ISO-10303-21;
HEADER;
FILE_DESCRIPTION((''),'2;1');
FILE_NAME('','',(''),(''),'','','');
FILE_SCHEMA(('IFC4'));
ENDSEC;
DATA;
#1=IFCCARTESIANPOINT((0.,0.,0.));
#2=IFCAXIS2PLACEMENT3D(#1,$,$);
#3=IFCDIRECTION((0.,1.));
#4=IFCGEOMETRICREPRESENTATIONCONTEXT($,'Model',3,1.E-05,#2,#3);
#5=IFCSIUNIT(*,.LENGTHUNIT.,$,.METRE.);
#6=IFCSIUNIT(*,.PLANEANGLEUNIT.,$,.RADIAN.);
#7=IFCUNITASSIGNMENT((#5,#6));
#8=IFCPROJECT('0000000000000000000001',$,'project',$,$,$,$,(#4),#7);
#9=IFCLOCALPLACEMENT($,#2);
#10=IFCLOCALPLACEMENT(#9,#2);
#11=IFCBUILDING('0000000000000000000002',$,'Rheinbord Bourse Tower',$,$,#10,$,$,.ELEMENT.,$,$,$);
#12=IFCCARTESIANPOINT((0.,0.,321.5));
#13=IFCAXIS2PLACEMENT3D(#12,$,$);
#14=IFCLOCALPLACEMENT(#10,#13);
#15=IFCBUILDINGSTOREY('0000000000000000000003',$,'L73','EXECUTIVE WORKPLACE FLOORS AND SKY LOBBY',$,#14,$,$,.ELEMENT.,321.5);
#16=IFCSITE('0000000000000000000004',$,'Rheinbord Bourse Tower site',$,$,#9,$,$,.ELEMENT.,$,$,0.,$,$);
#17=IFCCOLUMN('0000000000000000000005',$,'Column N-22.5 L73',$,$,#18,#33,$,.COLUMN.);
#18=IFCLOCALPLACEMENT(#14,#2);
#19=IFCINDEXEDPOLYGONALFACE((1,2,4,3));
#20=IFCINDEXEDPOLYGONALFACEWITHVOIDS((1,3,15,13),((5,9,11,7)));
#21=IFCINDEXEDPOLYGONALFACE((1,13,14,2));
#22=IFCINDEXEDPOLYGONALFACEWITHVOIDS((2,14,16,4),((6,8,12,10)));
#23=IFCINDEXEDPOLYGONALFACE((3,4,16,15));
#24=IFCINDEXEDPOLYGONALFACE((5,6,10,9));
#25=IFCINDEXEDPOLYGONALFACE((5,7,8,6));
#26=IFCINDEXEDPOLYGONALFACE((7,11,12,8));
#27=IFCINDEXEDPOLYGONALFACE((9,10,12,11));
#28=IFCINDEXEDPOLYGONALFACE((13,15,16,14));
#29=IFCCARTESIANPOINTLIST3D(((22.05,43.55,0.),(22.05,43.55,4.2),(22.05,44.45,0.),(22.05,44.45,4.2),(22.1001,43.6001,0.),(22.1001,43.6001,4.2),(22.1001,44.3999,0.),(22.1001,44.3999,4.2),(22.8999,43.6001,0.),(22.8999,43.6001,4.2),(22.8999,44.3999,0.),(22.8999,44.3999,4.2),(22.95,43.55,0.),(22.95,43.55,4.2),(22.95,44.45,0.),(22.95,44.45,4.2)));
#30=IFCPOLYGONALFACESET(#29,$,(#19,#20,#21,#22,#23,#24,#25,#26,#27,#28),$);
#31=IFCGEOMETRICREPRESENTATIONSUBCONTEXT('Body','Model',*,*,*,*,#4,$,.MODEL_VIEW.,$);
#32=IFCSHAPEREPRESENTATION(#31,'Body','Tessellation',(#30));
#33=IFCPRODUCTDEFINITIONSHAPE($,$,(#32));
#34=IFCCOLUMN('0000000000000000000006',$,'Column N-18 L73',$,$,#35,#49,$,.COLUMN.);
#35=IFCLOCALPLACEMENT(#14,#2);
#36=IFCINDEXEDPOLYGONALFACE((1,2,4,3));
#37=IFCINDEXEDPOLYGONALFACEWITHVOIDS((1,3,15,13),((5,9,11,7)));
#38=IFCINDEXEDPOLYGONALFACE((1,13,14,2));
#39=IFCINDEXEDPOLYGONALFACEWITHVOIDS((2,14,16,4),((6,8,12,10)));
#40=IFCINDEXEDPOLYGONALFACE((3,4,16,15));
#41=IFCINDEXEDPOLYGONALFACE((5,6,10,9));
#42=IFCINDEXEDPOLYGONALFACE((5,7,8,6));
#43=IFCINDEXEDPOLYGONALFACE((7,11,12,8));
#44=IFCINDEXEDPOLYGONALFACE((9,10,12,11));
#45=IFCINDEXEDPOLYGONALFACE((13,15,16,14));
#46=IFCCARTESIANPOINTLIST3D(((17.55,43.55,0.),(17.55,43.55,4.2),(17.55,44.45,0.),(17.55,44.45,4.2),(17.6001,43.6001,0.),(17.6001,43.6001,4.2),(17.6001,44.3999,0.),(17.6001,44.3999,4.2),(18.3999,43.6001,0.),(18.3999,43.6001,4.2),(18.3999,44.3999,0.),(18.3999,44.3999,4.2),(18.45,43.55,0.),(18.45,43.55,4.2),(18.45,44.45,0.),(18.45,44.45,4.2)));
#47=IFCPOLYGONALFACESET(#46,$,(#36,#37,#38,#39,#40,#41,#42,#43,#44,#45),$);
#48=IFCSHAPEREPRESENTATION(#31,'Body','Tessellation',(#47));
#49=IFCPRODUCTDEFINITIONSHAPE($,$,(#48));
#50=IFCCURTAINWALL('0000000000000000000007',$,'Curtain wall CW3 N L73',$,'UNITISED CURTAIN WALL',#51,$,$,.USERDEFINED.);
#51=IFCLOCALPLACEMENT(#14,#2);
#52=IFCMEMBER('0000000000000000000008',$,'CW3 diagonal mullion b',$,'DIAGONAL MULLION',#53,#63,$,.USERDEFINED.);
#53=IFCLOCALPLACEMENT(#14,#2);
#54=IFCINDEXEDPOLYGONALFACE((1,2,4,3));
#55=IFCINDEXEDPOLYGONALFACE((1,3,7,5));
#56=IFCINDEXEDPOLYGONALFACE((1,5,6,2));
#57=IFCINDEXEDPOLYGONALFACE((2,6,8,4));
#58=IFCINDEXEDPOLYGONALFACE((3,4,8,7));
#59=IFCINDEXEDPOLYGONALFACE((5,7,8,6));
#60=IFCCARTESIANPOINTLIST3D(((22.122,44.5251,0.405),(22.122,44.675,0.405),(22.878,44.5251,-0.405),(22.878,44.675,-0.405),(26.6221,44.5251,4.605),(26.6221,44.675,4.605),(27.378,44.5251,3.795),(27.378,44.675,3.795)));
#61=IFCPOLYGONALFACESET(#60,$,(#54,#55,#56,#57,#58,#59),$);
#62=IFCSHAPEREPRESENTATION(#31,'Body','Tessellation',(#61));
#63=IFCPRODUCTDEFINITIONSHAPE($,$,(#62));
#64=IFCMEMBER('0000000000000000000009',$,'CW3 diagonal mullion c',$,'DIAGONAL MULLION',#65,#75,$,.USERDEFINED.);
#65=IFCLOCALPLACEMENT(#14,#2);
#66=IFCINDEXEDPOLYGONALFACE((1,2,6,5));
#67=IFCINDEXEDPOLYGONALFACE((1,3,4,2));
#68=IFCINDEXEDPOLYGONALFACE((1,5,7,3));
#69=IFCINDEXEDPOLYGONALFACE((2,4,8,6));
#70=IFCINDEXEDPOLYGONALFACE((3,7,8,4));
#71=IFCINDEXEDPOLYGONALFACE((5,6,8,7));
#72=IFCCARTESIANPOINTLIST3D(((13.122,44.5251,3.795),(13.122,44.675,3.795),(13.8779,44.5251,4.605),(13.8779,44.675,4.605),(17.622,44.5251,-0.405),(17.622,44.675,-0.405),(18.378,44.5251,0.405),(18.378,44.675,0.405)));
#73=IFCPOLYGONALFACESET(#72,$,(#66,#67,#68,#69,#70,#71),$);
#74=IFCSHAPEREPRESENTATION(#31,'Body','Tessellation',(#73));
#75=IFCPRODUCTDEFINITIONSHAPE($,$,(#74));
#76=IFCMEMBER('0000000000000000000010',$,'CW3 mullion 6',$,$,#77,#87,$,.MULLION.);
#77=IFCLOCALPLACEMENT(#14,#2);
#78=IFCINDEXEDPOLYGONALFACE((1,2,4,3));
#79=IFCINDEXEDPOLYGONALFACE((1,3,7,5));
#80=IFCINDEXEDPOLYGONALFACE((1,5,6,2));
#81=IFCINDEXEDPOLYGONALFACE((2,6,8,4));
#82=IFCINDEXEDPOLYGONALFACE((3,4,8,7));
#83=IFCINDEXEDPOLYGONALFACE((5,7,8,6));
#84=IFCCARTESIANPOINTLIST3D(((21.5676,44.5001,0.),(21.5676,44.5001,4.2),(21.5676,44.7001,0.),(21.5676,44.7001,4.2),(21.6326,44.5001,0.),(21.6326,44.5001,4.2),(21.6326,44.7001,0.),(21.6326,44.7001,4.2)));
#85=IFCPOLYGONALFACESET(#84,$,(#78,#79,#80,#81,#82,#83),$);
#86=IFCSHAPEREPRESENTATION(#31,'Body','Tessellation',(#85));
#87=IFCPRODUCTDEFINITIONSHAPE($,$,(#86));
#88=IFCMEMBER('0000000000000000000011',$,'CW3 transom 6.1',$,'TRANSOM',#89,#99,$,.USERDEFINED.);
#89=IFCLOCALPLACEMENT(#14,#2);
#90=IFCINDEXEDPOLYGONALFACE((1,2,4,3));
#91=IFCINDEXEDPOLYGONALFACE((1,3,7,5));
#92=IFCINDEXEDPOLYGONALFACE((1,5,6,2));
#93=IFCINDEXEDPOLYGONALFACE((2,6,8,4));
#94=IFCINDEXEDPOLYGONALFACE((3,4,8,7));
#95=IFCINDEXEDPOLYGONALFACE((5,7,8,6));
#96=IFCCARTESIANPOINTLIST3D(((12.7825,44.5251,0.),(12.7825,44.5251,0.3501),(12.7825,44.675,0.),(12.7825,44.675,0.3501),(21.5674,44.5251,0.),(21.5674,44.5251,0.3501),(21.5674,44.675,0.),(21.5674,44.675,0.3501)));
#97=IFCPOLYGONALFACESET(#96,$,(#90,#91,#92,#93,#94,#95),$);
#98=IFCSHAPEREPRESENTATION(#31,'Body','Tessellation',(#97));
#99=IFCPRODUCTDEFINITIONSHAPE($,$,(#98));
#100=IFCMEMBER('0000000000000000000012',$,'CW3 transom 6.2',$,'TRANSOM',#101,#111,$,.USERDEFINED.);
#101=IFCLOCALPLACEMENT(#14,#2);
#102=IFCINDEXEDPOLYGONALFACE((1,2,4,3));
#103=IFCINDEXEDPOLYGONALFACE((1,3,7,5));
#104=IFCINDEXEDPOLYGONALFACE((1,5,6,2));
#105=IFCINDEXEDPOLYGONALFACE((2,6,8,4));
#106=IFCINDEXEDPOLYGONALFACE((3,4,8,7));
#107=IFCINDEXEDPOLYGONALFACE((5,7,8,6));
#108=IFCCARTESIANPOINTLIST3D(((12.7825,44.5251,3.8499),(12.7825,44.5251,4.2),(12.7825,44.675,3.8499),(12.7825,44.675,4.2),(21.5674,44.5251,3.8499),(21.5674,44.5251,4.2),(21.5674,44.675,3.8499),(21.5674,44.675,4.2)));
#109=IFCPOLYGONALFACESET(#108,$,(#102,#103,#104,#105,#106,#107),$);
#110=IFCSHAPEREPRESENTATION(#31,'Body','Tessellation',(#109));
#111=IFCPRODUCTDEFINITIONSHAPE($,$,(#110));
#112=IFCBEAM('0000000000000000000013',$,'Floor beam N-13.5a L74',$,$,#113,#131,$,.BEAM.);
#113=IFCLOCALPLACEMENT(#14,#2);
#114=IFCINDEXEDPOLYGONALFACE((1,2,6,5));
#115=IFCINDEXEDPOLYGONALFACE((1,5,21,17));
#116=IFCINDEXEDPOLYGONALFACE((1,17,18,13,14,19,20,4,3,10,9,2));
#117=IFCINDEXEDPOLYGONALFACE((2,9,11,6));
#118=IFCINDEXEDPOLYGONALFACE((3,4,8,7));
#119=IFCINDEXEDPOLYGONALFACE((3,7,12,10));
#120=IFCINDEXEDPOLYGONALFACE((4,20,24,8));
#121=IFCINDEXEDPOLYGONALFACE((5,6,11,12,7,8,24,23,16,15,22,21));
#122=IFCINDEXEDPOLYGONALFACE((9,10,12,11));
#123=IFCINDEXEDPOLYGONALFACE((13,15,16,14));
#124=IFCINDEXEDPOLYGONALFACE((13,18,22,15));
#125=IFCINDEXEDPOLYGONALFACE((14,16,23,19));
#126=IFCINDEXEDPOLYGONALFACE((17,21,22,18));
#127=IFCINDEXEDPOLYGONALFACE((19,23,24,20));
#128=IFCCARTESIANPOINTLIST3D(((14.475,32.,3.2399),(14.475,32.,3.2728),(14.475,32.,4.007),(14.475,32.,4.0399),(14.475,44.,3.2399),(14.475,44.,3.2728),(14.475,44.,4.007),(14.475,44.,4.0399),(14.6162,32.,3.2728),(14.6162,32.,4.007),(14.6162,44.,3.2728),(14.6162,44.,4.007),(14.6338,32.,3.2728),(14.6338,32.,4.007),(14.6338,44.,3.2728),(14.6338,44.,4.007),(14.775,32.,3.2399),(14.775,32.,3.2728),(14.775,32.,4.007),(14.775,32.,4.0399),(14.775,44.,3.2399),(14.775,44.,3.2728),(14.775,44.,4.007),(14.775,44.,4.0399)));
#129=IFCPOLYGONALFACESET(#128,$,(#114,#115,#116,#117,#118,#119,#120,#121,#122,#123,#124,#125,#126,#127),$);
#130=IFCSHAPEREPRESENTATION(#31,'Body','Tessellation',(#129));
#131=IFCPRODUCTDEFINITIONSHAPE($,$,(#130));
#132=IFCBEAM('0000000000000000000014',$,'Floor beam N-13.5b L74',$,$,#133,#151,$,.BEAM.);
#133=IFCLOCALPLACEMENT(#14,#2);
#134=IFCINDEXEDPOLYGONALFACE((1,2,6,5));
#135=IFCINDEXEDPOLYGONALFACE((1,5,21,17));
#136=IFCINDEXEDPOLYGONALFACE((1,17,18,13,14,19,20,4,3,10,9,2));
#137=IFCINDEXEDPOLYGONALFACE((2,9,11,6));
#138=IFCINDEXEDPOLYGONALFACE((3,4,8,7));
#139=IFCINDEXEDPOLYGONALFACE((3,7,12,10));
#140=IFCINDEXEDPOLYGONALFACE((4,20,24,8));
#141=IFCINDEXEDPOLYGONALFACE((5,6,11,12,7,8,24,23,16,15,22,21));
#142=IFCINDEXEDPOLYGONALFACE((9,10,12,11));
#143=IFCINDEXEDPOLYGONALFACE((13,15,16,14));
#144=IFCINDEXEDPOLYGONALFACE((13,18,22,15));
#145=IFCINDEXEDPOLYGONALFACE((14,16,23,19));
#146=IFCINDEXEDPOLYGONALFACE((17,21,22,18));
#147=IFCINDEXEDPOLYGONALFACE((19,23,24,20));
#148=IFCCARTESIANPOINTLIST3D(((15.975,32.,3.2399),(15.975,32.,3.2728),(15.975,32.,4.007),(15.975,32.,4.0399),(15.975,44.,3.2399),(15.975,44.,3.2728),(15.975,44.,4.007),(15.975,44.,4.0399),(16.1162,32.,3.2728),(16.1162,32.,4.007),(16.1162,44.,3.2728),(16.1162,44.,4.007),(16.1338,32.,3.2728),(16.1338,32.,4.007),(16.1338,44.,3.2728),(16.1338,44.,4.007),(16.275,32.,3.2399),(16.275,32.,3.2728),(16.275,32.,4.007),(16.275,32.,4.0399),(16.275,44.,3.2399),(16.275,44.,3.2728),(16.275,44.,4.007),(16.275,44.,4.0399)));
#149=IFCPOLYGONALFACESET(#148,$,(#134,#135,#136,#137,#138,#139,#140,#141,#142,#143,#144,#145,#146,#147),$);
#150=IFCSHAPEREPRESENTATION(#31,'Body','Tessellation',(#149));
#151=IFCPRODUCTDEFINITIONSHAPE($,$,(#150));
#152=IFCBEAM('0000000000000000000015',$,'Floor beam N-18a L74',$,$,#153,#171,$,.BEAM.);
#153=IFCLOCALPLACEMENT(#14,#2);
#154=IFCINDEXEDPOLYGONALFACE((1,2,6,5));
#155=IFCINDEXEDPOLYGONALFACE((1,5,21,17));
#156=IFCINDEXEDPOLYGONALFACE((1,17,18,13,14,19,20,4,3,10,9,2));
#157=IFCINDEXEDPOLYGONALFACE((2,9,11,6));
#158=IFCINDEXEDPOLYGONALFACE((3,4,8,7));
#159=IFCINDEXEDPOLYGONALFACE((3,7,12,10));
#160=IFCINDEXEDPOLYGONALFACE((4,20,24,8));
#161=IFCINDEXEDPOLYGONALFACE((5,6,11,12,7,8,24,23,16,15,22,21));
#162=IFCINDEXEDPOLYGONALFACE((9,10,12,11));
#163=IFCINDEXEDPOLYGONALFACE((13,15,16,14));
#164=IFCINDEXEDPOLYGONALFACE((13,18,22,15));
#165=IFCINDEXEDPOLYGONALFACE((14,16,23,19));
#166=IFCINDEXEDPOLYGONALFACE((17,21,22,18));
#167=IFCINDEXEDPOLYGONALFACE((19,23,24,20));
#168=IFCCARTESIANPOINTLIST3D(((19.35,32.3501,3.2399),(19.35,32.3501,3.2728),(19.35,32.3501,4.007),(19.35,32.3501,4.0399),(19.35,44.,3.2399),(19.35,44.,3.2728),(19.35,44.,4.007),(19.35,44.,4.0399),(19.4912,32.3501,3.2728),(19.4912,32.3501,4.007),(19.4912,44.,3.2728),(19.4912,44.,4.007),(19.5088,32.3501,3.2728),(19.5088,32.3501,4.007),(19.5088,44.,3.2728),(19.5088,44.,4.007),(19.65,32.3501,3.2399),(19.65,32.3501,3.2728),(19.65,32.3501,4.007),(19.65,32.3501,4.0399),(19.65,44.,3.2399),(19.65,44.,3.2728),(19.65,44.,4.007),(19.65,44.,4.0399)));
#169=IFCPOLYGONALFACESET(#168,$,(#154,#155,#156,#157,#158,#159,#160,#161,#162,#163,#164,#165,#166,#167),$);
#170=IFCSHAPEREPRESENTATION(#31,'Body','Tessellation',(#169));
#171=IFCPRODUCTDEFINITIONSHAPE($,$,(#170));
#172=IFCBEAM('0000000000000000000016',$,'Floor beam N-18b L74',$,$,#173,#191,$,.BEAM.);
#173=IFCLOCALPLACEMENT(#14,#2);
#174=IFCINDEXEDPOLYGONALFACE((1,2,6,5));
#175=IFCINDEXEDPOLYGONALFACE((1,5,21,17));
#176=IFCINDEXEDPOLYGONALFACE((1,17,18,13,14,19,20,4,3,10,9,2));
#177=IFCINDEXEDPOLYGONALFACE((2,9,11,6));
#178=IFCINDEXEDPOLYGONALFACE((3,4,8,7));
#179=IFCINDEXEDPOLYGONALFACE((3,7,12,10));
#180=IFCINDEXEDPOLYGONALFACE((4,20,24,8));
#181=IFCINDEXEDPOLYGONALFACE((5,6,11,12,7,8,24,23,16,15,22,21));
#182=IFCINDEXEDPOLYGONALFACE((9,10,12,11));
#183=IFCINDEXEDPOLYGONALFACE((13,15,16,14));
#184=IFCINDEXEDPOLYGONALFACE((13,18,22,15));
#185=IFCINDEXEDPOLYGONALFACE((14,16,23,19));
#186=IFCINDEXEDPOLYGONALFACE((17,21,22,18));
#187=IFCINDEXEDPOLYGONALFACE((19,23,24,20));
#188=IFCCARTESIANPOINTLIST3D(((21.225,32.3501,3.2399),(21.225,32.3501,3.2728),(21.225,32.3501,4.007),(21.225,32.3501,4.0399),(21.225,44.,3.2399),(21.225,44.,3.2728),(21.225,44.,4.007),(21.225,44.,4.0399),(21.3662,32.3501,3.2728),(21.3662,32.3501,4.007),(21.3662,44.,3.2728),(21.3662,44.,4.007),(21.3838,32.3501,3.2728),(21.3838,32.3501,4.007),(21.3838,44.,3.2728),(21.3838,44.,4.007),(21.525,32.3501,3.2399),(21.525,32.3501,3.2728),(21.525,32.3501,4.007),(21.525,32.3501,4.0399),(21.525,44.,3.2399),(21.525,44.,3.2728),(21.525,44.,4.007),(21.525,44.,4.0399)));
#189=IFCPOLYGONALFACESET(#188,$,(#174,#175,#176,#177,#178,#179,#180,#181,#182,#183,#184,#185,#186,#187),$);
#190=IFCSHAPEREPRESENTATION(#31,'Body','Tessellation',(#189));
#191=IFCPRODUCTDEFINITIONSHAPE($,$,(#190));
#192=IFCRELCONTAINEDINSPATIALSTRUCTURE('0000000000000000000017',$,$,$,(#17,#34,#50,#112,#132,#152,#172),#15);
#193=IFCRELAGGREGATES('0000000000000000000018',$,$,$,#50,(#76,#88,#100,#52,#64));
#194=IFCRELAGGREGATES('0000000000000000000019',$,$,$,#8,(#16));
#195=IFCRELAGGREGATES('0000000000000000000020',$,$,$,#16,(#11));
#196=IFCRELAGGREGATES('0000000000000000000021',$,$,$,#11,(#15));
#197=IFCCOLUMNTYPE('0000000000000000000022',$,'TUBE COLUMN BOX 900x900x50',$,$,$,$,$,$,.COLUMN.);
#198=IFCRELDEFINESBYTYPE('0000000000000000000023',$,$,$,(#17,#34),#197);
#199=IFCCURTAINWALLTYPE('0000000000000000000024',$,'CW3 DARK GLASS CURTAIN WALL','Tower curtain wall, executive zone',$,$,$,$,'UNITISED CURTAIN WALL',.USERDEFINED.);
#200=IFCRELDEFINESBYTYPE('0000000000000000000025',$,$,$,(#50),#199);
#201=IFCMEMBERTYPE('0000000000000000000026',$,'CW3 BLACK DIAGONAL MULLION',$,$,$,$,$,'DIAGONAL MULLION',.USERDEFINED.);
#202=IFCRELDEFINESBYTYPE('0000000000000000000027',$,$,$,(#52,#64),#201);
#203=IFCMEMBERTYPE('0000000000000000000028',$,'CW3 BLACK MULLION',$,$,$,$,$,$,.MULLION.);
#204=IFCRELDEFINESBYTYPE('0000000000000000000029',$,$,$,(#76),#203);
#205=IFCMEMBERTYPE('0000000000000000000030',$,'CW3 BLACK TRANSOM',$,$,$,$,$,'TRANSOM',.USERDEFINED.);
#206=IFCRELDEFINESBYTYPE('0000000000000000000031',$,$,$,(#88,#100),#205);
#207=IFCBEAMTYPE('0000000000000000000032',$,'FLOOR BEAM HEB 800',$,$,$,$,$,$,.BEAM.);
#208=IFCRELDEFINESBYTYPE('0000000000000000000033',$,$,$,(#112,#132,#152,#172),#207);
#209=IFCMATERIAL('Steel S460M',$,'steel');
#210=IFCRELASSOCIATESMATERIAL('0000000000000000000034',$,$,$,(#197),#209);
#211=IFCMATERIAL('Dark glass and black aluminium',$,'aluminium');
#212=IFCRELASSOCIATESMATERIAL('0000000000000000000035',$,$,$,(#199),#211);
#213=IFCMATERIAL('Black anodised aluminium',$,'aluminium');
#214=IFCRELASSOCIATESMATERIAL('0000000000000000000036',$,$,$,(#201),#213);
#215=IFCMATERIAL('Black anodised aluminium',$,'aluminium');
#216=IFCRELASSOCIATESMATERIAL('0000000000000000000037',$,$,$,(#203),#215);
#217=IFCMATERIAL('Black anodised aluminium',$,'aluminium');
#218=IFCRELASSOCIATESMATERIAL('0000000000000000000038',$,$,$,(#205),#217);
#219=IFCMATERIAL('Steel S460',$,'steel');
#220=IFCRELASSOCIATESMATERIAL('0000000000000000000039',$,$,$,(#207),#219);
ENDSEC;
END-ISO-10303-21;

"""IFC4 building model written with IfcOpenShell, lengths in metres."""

from ifc_helpers import new_model, si_unit, direction, frame, origin, origin_2d, place, context, subcontext, project, spatial, rectangle, hollow_rectangle, i_section, extrude, material, material_profile, profile_set, type_object, element, aggregate, save


model = new_model("IFC4")

# Units and contexts
model_context = context("Model", 3, precision=1e-05, world=origin(), true_north=direction((0.0, 1.0)))
body_context = subcontext(model_context, "Body", "Model", "MODEL_VIEW")
ifc_project = project(units=[si_unit("LENGTHUNIT", "METRE"), si_unit("PLANEANGLEUNIT", "RADIAN")], contexts=[model_context])

# Site, building, storey
site_placement = place(None, origin())
site = spatial("IfcSite", under=ifc_project, at=site_placement, Name="Rheinbord Bourse Tower site", CompositionType="ELEMENT", RefElevation=0.0)
building_placement = place(site_placement, origin())
building = spatial("IfcBuilding", under=site, at=building_placement, Name="Rheinbord Bourse Tower", CompositionType="ELEMENT")
storey_placement = place(building_placement, frame((0.0, 0.0, 321.5)))
storey = spatial("IfcBuildingStorey", under=building, at=storey_placement, Name="L73", Description="EXECUTIVE WORKPLACE FLOORS AND SKY LOBBY", CompositionType="ELEMENT", Elevation=321.5)

# Columns
ifc_material_1 = material(Name="Steel S460M", Category="steel")
ifc_material_profile_1 = material_profile(ifc_material_1, hollow_rectangle(XDim=0.8999, YDim=0.8999, WallThickness=0.05, at=origin_2d()), Name="BOX 900x900x50")
ifc_profile_set_1 = profile_set([ifc_material_profile_1], Name="Steel S460M")
column_type = type_object("IfcColumnType", Name="TUBE COLUMN BOX 900x900x50", PredefinedType="COLUMN", material=ifc_profile_set_1)
for number, where, z_axis, x_axis, name in (
    (1, (22.5, 44.0, 0.0), (0.0, 0.0, 1.0), (0.0, 1.0, 0.0), "Column N-22.5 L73"),
    (2, (18.0, 44.0, 0.0), (0.0, 0.0, 1.0), (0.0, 1.0, 0.0), "Column N-18 L73"),
):
    element("IfcColumn", number, at=place(storey_placement, frame(where, z_axis=z_axis, x_axis=x_axis)), inside=storey, type_object=column_type, Name=name, PredefinedType="COLUMN", context=body_context, shape_type="SweptSolid", body=[
        extrude(hollow_rectangle(XDim=0.8999, YDim=0.8999, WallThickness=0.05, at=origin_2d()), origin(), (0.0, 0.0, 1.0), 4.2),
    ])

# Curtain wall, members
ifc_material_2 = material(Name="Dark glass and black aluminium", Category="aluminium")
curtain_wall_type = type_object("IfcCurtainWallType", Name="CW3 DARK GLASS CURTAIN WALL", Description="Tower curtain wall, executive zone", ElementType="UNITISED CURTAIN WALL", PredefinedType="USERDEFINED", material=ifc_material_2)
curtain_wall_placement = place(storey_placement, origin())
curtain_wall = element("IfcCurtainWall", 3, at=curtain_wall_placement, inside=storey, type_object=curtain_wall_type, Name="Curtain wall CW3 N L73", ObjectType="UNITISED CURTAIN WALL", PredefinedType="USERDEFINED")
ifc_material_3 = material(Name="Black anodised aluminium", Category="aluminium")
ifc_material_profile_2 = material_profile(ifc_material_3, rectangle(XDim=0.1499, YDim=1.1079, at=origin_2d()), Name="CW3 DIAGONAL MULLION 1108x150")
ifc_profile_set_2 = profile_set([ifc_material_profile_2], Name="Black anodised aluminium")
member_type_1 = type_object("IfcMemberType", Name="CW3 BLACK DIAGONAL MULLION", ElementType="DIAGONAL MULLION", PredefinedType="USERDEFINED", material=ifc_profile_set_2)
member_1_placement = place(storey_placement, frame((22.5, 44.6001, 0.0), z_axis=(0.731059, 0.0, 0.682314), x_axis=(0.0, 1.0, 0.0)))
member_1 = element("IfcMember", 4, at=member_1_placement, type_object=member_type_1, Name="CW3 diagonal mullion b", ObjectType="DIAGONAL MULLION", PredefinedType="USERDEFINED", context=body_context, shape_type="SweptSolid", body=[
    extrude(rectangle(XDim=0.1499, YDim=1.1079, at=origin_2d()), origin(), (0.0, 0.0, 1.0), 6.1555),
])
member_2_placement = place(storey_placement, frame((18.0, 44.6001, 0.0), z_axis=(-0.731059, 0.0, 0.682314), x_axis=(0.0, -1.0, 0.0)))
member_2 = element("IfcMember", 5, at=member_2_placement, type_object=member_type_1, Name="CW3 diagonal mullion c", ObjectType="DIAGONAL MULLION", PredefinedType="USERDEFINED", context=body_context, shape_type="SweptSolid", body=[
    extrude(rectangle(XDim=0.1499, YDim=1.1079, at=origin_2d()), origin(), (0.0, 0.0, 1.0), 6.1555),
])
ifc_material_4 = material(Name="Black anodised aluminium", Category="aluminium")
ifc_material_profile_3 = material_profile(ifc_material_4, rectangle(XDim=0.2, YDim=0.0649, at=origin_2d()), Name="CW3 MULLION 65x200")
ifc_profile_set_3 = profile_set([ifc_material_profile_3], Name="Black anodised aluminium")
member_type_2 = type_object("IfcMemberType", Name="CW3 BLACK MULLION", PredefinedType="MULLION", material=ifc_profile_set_3)
member_3_placement = place(storey_placement, frame((21.6001, 44.6001, 0.0), z_axis=(0.0, 0.0, 1.0), x_axis=(0.0, -1.0, 0.0)))
member_3 = element("IfcMember", 6, at=member_3_placement, type_object=member_type_2, Name="CW3 mullion 6", PredefinedType="MULLION", context=body_context, shape_type="SweptSolid", body=[
    extrude(rectangle(XDim=0.2, YDim=0.0649, at=origin_2d()), origin(), (0.0, 0.0, 1.0), 4.2),
])
ifc_material_5 = material(Name="Black anodised aluminium", Category="aluminium")
ifc_material_profile_4 = material_profile(ifc_material_5, rectangle(XDim=0.1499, YDim=0.3501, at=origin_2d()), Name="CW3 TRANSOM 350x150")
ifc_profile_set_4 = profile_set([ifc_material_profile_4], Name="Black anodised aluminium")
member_type_3 = type_object("IfcMemberType", Name="CW3 BLACK TRANSOM", ElementType="TRANSOM", PredefinedType="USERDEFINED", material=ifc_profile_set_4)
member_4_placement = place(storey_placement, frame((21.5674, 44.6001, 0.175), z_axis=(-1.0, 0.0, 0.0), x_axis=(0.0, -1.0, 0.0)))
member_4 = element("IfcMember", 7, at=member_4_placement, type_object=member_type_3, Name="CW3 transom 6.1", ObjectType="TRANSOM", PredefinedType="USERDEFINED", context=body_context, shape_type="SweptSolid", body=[
    extrude(rectangle(XDim=0.1499, YDim=0.3501, at=origin_2d()), origin(), (0.0, 0.0, 1.0), 8.7849),
])
member_5_placement = place(storey_placement, frame((21.5674, 44.6001, 4.0249), z_axis=(-1.0, 0.0, 0.0), x_axis=(0.0, -1.0, 0.0)))
member_5 = element("IfcMember", 8, at=member_5_placement, type_object=member_type_3, Name="CW3 transom 6.2", ObjectType="TRANSOM", PredefinedType="USERDEFINED", context=body_context, shape_type="SweptSolid", body=[
    extrude(rectangle(XDim=0.1499, YDim=0.3501, at=origin_2d()), origin(), (0.0, 0.0, 1.0), 8.7849),
])

# Beams
ifc_material_6 = material(Name="Steel S460", Category="steel")
ifc_material_profile_5 = material_profile(ifc_material_6, i_section(OverallWidth=0.3, OverallDepth=0.8, WebThickness=0.0176, FlangeThickness=0.033, at=origin_2d()), Name="HEB 800")
ifc_profile_set_5 = profile_set([ifc_material_profile_5], Name="Steel S460")
beam_type_1 = type_object("IfcBeamType", Name="FLOOR BEAM HEB 800", PredefinedType="BEAM", material=ifc_profile_set_5)
for number, where, z_axis, x_axis, name in (
    (9, (14.625, 44.0, 3.6399), (0.0, -1.0, 0.0), (1.0, 0.0, 0.0), "Floor beam N-13.5a L74"),
    (10, (16.125, 44.0, 3.6399), (0.0, -1.0, 0.0), (1.0, 0.0, 0.0), "Floor beam N-13.5b L74"),
):
    element("IfcBeam", number, at=place(storey_placement, frame(where, z_axis=z_axis, x_axis=x_axis)), inside=storey, type_object=beam_type_1, Name=name, PredefinedType="BEAM", context=body_context, shape_type="SweptSolid", body=[
        extrude(i_section(OverallWidth=0.3, OverallDepth=0.8, WebThickness=0.0176, FlangeThickness=0.033, at=origin_2d()), origin(), (0.0, 0.0, 1.0), 12.0),
    ])
for number, where, z_axis, x_axis, name in (
    (11, (19.5, 44.0, 3.6399), (0.0, -1.0, 0.0), (1.0, 0.0, 0.0), "Floor beam N-18a L74"),
    (12, (21.375, 44.0, 3.6399), (0.0, -1.0, 0.0), (1.0, 0.0, 0.0), "Floor beam N-18b L74"),
):
    element("IfcBeam", number, at=place(storey_placement, frame(where, z_axis=z_axis, x_axis=x_axis)), inside=storey, type_object=beam_type_1, Name=name, PredefinedType="BEAM", context=body_context, shape_type="SweptSolid", body=[
        extrude(i_section(OverallWidth=0.3, OverallDepth=0.8, WebThickness=0.0176, FlangeThickness=0.033, at=origin_2d()), origin(), (0.0, 0.0, 1.0), 11.6499),
    ])

aggregate(curtain_wall, [member_3, member_4, member_5, member_1, member_2])

save(model, "model.ifc")
